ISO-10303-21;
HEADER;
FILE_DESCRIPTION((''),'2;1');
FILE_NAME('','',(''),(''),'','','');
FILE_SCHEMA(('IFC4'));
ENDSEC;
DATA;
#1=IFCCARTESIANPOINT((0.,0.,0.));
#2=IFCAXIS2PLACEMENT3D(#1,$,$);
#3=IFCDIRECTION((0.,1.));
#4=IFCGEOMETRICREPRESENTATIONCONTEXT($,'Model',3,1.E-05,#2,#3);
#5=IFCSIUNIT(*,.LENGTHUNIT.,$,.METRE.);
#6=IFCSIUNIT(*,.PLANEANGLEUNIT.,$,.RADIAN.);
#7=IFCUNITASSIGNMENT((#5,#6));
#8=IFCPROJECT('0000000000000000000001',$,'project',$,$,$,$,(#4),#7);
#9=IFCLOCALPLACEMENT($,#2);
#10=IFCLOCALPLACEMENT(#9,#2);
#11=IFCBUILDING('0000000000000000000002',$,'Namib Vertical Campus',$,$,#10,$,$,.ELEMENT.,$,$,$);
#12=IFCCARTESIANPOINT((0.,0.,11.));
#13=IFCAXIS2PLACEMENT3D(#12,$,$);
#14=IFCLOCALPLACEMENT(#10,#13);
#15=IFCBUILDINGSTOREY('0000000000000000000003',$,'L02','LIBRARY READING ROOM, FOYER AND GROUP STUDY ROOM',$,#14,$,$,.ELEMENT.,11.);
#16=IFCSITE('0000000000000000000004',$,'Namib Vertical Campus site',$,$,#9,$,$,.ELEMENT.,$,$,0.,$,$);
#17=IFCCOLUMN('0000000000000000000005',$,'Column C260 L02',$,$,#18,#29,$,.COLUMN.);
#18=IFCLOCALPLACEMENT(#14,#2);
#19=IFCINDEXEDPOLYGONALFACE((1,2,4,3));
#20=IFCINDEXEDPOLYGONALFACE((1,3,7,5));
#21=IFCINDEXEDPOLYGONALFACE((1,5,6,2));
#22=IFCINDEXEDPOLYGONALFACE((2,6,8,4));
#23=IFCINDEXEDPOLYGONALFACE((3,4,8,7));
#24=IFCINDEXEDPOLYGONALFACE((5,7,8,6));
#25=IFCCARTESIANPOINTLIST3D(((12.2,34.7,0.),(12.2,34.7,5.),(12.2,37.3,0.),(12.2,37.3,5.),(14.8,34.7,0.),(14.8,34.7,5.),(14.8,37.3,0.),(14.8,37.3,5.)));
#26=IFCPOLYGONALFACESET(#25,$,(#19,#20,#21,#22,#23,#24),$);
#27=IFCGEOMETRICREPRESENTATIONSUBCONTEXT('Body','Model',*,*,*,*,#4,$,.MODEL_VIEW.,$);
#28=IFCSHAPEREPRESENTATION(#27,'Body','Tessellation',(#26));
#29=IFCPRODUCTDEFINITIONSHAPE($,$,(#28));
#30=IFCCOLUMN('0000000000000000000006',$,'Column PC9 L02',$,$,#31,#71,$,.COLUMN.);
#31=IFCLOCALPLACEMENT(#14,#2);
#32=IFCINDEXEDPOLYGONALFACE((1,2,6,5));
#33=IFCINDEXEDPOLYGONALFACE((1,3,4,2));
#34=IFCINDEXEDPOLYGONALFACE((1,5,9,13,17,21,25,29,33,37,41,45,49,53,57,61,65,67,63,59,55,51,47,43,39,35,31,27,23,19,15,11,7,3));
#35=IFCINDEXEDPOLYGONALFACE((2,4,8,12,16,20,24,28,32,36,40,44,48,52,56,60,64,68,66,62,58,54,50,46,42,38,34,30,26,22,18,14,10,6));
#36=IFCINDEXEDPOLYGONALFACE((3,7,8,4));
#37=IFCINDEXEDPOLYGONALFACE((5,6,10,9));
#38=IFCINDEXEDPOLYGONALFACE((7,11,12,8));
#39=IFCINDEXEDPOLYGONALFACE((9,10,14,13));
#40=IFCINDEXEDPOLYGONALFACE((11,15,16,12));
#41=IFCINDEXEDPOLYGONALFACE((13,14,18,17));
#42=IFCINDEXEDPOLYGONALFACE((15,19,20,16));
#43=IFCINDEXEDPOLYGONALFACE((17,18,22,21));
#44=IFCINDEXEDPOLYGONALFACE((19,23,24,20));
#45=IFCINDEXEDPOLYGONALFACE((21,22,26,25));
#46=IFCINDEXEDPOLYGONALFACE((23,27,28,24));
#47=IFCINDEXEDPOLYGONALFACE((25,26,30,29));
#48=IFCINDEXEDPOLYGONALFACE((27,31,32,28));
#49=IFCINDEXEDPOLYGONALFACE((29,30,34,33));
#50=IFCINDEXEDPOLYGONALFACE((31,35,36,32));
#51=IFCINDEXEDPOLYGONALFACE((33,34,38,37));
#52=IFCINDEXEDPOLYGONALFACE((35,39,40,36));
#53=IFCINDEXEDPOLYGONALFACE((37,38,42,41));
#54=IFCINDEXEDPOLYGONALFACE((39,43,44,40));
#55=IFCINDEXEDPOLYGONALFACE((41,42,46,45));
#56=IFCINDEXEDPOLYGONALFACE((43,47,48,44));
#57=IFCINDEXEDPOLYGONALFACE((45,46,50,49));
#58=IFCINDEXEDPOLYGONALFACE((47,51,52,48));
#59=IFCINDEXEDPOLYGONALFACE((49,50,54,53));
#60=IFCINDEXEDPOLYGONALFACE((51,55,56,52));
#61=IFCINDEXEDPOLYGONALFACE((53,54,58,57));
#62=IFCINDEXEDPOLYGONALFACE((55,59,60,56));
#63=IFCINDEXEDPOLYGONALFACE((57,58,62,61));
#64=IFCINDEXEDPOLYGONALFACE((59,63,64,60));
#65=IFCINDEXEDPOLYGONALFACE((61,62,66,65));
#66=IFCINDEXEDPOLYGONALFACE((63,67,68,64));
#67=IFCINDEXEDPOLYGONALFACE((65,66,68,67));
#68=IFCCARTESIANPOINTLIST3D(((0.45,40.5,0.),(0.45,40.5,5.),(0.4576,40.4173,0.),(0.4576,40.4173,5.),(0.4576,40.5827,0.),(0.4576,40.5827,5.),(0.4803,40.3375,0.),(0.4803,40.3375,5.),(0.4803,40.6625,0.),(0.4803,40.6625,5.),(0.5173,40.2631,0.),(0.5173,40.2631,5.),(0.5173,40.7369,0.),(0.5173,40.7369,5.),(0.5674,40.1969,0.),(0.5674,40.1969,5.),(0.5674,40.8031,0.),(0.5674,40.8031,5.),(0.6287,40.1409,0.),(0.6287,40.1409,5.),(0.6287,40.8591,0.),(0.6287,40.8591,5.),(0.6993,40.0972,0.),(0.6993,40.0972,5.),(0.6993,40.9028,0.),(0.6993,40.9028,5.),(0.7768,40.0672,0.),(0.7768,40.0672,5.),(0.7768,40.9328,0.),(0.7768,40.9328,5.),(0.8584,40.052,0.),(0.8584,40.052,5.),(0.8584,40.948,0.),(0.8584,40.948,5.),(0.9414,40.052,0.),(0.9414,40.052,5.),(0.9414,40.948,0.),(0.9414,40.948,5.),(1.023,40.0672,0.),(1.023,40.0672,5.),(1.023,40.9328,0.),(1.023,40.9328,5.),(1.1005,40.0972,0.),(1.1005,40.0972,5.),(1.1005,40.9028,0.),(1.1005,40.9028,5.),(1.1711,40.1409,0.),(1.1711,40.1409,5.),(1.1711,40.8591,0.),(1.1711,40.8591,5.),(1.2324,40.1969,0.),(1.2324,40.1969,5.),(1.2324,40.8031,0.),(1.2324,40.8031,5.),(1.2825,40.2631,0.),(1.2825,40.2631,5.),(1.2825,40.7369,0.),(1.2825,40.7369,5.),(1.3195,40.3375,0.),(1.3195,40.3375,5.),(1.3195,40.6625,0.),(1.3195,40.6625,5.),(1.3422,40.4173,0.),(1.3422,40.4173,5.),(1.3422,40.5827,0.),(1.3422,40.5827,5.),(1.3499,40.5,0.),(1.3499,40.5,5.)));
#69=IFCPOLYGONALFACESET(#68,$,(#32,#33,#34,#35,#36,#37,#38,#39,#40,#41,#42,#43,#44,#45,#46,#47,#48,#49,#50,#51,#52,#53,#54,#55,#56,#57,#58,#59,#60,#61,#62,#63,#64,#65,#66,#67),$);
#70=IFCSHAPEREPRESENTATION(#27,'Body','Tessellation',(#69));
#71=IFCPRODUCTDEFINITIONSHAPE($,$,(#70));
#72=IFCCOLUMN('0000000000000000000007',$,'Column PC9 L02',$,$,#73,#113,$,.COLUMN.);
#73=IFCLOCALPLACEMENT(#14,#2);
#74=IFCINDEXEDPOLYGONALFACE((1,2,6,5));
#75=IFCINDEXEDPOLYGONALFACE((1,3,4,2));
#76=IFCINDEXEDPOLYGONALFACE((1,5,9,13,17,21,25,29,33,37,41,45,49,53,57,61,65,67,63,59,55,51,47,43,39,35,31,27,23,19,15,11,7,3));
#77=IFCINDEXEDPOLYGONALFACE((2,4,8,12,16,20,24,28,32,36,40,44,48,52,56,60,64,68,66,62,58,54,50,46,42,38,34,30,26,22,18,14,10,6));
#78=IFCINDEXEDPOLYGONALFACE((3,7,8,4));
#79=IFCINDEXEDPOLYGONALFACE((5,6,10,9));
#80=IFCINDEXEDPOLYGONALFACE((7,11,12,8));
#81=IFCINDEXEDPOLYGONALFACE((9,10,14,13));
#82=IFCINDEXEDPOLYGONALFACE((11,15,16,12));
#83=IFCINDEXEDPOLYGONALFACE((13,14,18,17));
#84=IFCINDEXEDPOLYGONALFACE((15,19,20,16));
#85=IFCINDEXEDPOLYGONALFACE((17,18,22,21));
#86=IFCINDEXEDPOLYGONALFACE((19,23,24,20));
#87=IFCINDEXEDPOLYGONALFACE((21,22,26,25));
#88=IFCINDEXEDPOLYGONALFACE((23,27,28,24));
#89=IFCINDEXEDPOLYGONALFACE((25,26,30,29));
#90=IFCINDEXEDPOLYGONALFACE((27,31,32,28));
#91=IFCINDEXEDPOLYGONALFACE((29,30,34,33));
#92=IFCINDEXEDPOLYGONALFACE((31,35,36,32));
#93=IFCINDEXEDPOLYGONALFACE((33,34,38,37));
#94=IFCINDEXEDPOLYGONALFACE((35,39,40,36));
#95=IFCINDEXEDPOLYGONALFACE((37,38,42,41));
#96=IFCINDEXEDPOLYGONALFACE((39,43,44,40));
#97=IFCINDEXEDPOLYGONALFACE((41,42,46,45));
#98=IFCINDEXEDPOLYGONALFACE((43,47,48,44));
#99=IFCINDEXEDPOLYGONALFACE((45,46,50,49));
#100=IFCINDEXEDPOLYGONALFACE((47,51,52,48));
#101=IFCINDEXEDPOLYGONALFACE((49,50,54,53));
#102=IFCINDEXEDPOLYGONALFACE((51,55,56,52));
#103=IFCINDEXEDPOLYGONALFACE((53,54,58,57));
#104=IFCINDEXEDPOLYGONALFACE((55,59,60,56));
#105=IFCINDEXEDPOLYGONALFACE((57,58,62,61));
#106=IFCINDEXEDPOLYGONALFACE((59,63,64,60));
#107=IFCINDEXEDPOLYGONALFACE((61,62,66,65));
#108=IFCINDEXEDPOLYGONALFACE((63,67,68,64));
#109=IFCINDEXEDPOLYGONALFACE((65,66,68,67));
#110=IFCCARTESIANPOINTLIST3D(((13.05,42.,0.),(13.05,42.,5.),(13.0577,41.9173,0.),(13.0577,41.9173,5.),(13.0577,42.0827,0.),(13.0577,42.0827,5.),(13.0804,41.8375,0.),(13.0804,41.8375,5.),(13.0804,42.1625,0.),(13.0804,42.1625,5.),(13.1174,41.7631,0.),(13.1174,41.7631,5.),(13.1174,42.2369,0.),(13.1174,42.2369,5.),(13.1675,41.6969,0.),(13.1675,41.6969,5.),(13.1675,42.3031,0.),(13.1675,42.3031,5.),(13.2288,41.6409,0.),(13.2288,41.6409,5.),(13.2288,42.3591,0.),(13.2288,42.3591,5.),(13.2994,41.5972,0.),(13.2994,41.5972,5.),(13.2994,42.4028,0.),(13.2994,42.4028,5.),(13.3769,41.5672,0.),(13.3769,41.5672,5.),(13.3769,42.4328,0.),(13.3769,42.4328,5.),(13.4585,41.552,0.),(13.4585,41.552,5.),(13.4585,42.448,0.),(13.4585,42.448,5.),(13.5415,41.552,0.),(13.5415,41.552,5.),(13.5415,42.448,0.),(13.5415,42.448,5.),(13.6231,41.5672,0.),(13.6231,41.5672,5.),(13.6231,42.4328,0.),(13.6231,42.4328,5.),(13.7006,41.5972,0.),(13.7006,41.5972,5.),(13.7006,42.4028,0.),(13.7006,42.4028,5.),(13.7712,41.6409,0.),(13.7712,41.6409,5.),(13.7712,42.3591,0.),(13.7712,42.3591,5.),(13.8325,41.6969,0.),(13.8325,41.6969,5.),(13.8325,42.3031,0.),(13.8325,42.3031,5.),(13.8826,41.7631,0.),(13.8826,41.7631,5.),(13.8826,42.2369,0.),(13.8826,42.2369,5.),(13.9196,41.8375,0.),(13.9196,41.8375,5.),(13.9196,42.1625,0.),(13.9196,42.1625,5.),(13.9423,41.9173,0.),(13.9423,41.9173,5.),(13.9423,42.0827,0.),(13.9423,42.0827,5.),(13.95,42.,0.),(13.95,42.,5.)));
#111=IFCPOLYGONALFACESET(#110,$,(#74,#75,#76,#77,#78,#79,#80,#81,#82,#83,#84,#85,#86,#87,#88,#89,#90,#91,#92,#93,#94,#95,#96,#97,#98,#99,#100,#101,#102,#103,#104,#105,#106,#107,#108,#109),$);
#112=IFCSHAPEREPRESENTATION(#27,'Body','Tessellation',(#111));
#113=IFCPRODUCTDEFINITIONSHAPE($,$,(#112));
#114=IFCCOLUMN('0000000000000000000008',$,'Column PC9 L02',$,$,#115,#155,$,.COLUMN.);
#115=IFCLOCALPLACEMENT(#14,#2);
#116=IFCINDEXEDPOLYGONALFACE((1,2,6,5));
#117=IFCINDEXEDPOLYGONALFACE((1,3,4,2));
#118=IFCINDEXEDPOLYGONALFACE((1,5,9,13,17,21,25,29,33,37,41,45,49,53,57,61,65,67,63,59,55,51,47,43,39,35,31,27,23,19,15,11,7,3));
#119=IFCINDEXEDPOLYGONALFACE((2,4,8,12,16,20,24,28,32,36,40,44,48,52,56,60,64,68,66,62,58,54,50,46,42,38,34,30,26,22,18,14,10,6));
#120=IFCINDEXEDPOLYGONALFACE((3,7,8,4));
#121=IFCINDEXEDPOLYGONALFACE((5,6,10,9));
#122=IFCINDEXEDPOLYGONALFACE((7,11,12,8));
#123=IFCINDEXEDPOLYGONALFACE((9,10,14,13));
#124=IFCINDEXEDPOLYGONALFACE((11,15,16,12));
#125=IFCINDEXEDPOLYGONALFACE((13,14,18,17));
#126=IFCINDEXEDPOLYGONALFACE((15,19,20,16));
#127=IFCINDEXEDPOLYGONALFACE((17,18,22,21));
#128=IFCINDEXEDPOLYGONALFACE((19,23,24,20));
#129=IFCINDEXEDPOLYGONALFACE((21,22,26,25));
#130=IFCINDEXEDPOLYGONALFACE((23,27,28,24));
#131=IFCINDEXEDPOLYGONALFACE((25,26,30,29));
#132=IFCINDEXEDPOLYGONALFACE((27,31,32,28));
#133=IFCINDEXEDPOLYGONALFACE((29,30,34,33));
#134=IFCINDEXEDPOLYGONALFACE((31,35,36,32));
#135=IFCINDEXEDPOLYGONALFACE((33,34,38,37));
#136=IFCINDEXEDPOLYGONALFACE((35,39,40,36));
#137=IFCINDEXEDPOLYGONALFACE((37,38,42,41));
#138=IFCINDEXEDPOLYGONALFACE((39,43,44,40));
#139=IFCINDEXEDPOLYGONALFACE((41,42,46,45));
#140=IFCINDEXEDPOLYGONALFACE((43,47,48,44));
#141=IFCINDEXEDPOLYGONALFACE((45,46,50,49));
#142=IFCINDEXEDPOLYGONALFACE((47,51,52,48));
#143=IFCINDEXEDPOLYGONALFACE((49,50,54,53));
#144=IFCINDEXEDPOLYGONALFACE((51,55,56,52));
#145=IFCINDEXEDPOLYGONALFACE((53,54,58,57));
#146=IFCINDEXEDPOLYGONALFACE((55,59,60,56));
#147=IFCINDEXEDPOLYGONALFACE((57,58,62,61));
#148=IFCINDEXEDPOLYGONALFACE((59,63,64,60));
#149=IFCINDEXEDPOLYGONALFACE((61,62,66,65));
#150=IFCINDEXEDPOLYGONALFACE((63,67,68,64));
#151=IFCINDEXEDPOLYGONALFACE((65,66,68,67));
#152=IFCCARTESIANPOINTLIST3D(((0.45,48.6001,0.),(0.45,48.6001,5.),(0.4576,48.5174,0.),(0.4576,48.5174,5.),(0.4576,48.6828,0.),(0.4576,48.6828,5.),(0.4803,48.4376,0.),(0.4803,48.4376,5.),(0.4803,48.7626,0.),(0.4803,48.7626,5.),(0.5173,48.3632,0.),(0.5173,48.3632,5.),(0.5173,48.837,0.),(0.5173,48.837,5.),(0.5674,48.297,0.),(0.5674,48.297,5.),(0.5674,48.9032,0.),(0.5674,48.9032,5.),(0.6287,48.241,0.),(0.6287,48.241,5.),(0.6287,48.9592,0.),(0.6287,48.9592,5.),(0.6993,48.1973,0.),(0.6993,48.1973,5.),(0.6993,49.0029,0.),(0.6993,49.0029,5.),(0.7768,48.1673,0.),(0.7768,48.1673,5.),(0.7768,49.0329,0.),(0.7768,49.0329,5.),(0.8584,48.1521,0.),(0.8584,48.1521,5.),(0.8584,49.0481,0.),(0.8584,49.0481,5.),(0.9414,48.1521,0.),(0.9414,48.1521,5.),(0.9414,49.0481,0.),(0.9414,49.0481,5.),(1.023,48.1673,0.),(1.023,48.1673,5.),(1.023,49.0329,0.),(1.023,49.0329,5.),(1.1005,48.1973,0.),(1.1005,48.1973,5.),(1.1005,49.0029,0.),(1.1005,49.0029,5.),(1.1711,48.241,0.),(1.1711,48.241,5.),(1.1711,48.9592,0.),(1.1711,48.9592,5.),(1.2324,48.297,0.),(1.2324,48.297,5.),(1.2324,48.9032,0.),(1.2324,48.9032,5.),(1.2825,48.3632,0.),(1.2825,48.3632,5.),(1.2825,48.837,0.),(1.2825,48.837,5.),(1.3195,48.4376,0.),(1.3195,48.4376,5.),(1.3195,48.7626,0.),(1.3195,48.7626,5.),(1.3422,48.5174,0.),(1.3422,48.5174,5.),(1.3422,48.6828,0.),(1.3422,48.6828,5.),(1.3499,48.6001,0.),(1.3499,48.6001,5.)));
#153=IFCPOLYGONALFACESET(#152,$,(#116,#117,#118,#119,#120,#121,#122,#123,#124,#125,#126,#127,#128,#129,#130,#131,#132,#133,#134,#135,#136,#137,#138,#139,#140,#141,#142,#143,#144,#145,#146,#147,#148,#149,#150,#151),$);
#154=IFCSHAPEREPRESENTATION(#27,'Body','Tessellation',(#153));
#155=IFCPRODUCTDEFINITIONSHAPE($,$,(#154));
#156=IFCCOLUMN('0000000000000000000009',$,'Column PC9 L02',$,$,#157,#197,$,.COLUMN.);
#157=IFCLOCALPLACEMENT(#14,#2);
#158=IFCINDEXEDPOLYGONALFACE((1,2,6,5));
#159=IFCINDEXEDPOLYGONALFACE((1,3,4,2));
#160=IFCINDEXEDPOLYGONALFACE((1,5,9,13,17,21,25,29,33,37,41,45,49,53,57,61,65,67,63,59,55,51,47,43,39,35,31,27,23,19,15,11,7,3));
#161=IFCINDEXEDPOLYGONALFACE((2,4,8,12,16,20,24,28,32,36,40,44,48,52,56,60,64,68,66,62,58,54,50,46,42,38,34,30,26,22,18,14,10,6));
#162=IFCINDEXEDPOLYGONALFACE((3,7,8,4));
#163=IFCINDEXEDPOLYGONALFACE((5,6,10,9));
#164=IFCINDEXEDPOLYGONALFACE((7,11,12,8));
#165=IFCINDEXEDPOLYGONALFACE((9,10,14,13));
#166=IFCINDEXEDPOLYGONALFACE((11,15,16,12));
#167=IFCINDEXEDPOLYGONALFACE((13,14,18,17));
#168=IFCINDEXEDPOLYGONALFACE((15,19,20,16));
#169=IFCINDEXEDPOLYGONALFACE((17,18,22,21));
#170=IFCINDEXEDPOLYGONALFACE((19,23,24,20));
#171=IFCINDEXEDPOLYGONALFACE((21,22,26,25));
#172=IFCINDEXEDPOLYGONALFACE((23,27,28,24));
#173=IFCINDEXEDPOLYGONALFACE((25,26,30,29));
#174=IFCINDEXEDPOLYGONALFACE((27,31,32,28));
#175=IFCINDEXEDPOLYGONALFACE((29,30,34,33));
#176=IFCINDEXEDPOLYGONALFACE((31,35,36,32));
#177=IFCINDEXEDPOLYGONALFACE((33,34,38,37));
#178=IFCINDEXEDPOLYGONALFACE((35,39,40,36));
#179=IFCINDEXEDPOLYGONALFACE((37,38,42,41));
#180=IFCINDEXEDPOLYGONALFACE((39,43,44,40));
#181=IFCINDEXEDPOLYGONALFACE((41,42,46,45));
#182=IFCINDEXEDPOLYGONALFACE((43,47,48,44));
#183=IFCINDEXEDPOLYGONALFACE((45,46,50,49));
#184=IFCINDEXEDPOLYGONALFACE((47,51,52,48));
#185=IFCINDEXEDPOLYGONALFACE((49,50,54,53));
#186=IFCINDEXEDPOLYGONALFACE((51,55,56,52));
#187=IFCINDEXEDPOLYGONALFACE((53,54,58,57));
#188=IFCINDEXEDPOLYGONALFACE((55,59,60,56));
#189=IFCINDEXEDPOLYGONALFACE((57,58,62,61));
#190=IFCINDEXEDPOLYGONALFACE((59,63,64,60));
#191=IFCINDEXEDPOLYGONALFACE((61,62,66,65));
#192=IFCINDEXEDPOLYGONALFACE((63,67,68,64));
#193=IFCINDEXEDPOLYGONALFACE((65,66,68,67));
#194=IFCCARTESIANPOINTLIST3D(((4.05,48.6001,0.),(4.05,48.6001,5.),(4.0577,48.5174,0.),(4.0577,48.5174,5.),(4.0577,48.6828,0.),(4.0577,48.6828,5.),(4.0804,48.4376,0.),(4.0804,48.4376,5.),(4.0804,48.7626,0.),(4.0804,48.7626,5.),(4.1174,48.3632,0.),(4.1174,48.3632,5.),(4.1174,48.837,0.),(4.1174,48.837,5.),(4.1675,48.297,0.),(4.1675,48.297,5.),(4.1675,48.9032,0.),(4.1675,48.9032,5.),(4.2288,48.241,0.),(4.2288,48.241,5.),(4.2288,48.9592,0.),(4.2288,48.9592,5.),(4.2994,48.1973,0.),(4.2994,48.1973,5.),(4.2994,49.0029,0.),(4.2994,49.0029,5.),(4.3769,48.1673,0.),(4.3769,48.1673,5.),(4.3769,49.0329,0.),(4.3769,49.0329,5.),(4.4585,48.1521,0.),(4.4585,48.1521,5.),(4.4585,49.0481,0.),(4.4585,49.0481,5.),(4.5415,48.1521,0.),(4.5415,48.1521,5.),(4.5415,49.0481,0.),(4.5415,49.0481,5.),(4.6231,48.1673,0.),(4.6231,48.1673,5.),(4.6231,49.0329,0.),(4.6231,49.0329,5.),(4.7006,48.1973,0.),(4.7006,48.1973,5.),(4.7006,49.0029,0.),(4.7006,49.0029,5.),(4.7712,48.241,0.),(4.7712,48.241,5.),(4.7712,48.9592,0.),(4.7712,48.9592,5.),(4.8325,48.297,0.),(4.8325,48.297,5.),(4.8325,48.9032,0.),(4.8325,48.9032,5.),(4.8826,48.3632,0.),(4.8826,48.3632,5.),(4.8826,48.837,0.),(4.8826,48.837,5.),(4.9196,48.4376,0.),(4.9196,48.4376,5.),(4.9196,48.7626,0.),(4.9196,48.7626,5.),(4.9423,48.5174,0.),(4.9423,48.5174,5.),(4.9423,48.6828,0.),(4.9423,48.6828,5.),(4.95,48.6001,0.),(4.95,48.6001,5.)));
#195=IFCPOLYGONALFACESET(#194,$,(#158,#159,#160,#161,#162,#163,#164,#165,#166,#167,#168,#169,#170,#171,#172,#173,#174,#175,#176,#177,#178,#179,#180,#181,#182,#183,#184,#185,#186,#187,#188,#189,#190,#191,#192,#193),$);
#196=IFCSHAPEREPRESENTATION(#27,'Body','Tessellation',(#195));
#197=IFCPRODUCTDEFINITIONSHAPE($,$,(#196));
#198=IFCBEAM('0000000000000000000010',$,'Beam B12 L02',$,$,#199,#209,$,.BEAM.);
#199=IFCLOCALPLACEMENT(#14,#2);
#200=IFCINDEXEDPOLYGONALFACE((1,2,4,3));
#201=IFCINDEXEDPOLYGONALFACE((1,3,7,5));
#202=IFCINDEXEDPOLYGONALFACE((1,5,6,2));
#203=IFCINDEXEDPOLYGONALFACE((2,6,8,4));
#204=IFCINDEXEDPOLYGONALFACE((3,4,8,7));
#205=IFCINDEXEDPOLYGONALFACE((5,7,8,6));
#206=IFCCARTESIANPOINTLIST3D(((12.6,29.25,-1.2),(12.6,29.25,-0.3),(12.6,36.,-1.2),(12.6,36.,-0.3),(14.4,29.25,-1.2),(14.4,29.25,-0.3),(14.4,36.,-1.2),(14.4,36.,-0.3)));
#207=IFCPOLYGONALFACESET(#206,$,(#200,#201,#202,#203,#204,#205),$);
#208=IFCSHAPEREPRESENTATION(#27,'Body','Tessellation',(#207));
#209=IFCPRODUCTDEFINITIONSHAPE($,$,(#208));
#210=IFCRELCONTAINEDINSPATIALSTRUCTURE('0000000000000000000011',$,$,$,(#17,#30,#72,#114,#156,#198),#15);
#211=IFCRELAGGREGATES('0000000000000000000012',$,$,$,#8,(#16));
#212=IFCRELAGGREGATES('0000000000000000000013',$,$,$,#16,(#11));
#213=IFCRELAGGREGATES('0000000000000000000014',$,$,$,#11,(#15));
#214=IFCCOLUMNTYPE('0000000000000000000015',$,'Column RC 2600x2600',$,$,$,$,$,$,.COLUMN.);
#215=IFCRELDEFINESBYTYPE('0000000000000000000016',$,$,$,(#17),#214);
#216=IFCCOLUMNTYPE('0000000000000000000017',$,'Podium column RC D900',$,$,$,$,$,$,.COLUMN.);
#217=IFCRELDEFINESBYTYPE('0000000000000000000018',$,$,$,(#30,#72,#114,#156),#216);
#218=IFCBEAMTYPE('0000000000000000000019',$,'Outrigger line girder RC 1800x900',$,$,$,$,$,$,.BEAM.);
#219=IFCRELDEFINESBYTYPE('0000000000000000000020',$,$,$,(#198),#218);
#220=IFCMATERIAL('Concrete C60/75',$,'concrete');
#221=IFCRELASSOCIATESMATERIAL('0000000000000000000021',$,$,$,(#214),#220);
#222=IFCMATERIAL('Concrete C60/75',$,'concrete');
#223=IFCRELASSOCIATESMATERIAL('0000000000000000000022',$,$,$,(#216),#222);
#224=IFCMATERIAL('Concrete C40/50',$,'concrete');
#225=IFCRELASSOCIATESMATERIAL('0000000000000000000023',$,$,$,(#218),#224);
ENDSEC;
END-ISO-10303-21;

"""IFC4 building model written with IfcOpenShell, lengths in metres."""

from ifc_helpers import new_model, si_unit, direction, frame, origin, origin_2d, place, context, subcontext, project, spatial, rectangle, circle, extrude, material, material_profile, profile_set, type_object, element, save


model = new_model("IFC4")

# Units and contexts
model_context = context("Model", 3, precision=1e-05, world=origin(), true_north=direction((0.0, 1.0)))
body_context = subcontext(model_context, "Body", "Model", "MODEL_VIEW")
ifc_project = project(units=[si_unit("LENGTHUNIT", "METRE"), si_unit("PLANEANGLEUNIT", "RADIAN")], contexts=[model_context])

# Site, building, storey
site_placement = place(None, origin())
site = spatial("IfcSite", under=ifc_project, at=site_placement, Name="Namib Vertical Campus site", CompositionType="ELEMENT", RefElevation=0.0)
building_placement = place(site_placement, origin())
building = spatial("IfcBuilding", under=site, at=building_placement, Name="Namib Vertical Campus", CompositionType="ELEMENT")
storey_placement = place(building_placement, frame((0.0, 0.0, 11.0)))
storey = spatial("IfcBuildingStorey", under=building, at=storey_placement, Name="L02", Description="LIBRARY READING ROOM, FOYER AND GROUP STUDY ROOM", CompositionType="ELEMENT", Elevation=11.0)

# Columns
ifc_material_1 = material(Name="Concrete C60/75", Category="concrete")
ifc_material_profile_1 = material_profile(ifc_material_1, rectangle(XDim=2.6001, YDim=2.6001, at=origin_2d()))
ifc_profile_set_1 = profile_set([ifc_material_profile_1], Name="Concrete C60/75")
column_type_1 = type_object("IfcColumnType", Name="Column RC 2600x2600", PredefinedType="COLUMN", material=ifc_profile_set_1)
column_placement = place(storey_placement, frame((13.5, 36.0, 0.0), z_axis=(0.0, 0.0, 1.0), x_axis=(1.0, 0.0, 0.0)))
element("IfcColumn", 1, at=column_placement, inside=storey, type_object=column_type_1, Name="Column C260 L02", PredefinedType="COLUMN", context=body_context, shape_type="SweptSolid", body=[
    extrude(rectangle(XDim=2.6001, YDim=2.6001, at=origin_2d()), origin(), (0.0, 0.0, 1.0), 5.0),
])
ifc_material_2 = material(Name="Concrete C60/75", Category="concrete")
ifc_material_profile_2 = material_profile(ifc_material_2, circle(Radius=0.45, at=origin_2d()))
ifc_profile_set_2 = profile_set([ifc_material_profile_2], Name="Concrete C60/75")
column_type_2 = type_object("IfcColumnType", Name="Podium column RC D900", PredefinedType="COLUMN", material=ifc_profile_set_2)
for number, where, z_axis, x_axis, name in (
    (2, (0.8999, 40.5, 0.0), (0.0, 0.0, 1.0), (1.0, 0.0, 0.0), "Column PC9 L02"),
    (3, (13.5, 42.0, 0.0), (0.0, 0.0, 1.0), (1.0, 0.0, 0.0), "Column PC9 L02"),
    (4, (0.8999, 48.6001, 0.0), (0.0, 0.0, 1.0), (1.0, 0.0, 0.0), "Column PC9 L02"),
    (5, (4.5, 48.6001, 0.0), (0.0, 0.0, 1.0), (1.0, 0.0, 0.0), "Column PC9 L02"),
):
    element("IfcColumn", number, at=place(storey_placement, frame(where, z_axis=z_axis, x_axis=x_axis)), inside=storey, type_object=column_type_2, Name=name, PredefinedType="COLUMN", context=body_context, shape_type="SweptSolid", body=[
        extrude(circle(Radius=0.45, at=origin_2d()), origin(), (0.0, 0.0, 1.0), 5.0),
    ])

# Beam
ifc_material_3 = material(Name="Concrete C40/50", Category="concrete")
ifc_material_profile_3 = material_profile(ifc_material_3, rectangle(XDim=1.8, YDim=0.8999, at=origin_2d()))
ifc_profile_set_3 = profile_set([ifc_material_profile_3], Name="Concrete C40/50")
beam_type_1 = type_object("IfcBeamType", Name="Outrigger line girder RC 1800x900", PredefinedType="BEAM", material=ifc_profile_set_3)
beam_1_placement = place(storey_placement, frame((13.5, 36.0, -0.75), z_axis=(0.0, -1.0, 0.0), x_axis=(1.0, 0.0, 0.0)))
element("IfcBeam", 6, at=beam_1_placement, inside=storey, type_object=beam_type_1, Name="Beam B12 L02", PredefinedType="BEAM", context=body_context, shape_type="SweptSolid", body=[
    extrude(rectangle(XDim=1.8, YDim=0.8999, at=origin_2d()), origin(), (0.0, 0.0, 1.0), 6.75),
])

save(model, "model.ifc")
